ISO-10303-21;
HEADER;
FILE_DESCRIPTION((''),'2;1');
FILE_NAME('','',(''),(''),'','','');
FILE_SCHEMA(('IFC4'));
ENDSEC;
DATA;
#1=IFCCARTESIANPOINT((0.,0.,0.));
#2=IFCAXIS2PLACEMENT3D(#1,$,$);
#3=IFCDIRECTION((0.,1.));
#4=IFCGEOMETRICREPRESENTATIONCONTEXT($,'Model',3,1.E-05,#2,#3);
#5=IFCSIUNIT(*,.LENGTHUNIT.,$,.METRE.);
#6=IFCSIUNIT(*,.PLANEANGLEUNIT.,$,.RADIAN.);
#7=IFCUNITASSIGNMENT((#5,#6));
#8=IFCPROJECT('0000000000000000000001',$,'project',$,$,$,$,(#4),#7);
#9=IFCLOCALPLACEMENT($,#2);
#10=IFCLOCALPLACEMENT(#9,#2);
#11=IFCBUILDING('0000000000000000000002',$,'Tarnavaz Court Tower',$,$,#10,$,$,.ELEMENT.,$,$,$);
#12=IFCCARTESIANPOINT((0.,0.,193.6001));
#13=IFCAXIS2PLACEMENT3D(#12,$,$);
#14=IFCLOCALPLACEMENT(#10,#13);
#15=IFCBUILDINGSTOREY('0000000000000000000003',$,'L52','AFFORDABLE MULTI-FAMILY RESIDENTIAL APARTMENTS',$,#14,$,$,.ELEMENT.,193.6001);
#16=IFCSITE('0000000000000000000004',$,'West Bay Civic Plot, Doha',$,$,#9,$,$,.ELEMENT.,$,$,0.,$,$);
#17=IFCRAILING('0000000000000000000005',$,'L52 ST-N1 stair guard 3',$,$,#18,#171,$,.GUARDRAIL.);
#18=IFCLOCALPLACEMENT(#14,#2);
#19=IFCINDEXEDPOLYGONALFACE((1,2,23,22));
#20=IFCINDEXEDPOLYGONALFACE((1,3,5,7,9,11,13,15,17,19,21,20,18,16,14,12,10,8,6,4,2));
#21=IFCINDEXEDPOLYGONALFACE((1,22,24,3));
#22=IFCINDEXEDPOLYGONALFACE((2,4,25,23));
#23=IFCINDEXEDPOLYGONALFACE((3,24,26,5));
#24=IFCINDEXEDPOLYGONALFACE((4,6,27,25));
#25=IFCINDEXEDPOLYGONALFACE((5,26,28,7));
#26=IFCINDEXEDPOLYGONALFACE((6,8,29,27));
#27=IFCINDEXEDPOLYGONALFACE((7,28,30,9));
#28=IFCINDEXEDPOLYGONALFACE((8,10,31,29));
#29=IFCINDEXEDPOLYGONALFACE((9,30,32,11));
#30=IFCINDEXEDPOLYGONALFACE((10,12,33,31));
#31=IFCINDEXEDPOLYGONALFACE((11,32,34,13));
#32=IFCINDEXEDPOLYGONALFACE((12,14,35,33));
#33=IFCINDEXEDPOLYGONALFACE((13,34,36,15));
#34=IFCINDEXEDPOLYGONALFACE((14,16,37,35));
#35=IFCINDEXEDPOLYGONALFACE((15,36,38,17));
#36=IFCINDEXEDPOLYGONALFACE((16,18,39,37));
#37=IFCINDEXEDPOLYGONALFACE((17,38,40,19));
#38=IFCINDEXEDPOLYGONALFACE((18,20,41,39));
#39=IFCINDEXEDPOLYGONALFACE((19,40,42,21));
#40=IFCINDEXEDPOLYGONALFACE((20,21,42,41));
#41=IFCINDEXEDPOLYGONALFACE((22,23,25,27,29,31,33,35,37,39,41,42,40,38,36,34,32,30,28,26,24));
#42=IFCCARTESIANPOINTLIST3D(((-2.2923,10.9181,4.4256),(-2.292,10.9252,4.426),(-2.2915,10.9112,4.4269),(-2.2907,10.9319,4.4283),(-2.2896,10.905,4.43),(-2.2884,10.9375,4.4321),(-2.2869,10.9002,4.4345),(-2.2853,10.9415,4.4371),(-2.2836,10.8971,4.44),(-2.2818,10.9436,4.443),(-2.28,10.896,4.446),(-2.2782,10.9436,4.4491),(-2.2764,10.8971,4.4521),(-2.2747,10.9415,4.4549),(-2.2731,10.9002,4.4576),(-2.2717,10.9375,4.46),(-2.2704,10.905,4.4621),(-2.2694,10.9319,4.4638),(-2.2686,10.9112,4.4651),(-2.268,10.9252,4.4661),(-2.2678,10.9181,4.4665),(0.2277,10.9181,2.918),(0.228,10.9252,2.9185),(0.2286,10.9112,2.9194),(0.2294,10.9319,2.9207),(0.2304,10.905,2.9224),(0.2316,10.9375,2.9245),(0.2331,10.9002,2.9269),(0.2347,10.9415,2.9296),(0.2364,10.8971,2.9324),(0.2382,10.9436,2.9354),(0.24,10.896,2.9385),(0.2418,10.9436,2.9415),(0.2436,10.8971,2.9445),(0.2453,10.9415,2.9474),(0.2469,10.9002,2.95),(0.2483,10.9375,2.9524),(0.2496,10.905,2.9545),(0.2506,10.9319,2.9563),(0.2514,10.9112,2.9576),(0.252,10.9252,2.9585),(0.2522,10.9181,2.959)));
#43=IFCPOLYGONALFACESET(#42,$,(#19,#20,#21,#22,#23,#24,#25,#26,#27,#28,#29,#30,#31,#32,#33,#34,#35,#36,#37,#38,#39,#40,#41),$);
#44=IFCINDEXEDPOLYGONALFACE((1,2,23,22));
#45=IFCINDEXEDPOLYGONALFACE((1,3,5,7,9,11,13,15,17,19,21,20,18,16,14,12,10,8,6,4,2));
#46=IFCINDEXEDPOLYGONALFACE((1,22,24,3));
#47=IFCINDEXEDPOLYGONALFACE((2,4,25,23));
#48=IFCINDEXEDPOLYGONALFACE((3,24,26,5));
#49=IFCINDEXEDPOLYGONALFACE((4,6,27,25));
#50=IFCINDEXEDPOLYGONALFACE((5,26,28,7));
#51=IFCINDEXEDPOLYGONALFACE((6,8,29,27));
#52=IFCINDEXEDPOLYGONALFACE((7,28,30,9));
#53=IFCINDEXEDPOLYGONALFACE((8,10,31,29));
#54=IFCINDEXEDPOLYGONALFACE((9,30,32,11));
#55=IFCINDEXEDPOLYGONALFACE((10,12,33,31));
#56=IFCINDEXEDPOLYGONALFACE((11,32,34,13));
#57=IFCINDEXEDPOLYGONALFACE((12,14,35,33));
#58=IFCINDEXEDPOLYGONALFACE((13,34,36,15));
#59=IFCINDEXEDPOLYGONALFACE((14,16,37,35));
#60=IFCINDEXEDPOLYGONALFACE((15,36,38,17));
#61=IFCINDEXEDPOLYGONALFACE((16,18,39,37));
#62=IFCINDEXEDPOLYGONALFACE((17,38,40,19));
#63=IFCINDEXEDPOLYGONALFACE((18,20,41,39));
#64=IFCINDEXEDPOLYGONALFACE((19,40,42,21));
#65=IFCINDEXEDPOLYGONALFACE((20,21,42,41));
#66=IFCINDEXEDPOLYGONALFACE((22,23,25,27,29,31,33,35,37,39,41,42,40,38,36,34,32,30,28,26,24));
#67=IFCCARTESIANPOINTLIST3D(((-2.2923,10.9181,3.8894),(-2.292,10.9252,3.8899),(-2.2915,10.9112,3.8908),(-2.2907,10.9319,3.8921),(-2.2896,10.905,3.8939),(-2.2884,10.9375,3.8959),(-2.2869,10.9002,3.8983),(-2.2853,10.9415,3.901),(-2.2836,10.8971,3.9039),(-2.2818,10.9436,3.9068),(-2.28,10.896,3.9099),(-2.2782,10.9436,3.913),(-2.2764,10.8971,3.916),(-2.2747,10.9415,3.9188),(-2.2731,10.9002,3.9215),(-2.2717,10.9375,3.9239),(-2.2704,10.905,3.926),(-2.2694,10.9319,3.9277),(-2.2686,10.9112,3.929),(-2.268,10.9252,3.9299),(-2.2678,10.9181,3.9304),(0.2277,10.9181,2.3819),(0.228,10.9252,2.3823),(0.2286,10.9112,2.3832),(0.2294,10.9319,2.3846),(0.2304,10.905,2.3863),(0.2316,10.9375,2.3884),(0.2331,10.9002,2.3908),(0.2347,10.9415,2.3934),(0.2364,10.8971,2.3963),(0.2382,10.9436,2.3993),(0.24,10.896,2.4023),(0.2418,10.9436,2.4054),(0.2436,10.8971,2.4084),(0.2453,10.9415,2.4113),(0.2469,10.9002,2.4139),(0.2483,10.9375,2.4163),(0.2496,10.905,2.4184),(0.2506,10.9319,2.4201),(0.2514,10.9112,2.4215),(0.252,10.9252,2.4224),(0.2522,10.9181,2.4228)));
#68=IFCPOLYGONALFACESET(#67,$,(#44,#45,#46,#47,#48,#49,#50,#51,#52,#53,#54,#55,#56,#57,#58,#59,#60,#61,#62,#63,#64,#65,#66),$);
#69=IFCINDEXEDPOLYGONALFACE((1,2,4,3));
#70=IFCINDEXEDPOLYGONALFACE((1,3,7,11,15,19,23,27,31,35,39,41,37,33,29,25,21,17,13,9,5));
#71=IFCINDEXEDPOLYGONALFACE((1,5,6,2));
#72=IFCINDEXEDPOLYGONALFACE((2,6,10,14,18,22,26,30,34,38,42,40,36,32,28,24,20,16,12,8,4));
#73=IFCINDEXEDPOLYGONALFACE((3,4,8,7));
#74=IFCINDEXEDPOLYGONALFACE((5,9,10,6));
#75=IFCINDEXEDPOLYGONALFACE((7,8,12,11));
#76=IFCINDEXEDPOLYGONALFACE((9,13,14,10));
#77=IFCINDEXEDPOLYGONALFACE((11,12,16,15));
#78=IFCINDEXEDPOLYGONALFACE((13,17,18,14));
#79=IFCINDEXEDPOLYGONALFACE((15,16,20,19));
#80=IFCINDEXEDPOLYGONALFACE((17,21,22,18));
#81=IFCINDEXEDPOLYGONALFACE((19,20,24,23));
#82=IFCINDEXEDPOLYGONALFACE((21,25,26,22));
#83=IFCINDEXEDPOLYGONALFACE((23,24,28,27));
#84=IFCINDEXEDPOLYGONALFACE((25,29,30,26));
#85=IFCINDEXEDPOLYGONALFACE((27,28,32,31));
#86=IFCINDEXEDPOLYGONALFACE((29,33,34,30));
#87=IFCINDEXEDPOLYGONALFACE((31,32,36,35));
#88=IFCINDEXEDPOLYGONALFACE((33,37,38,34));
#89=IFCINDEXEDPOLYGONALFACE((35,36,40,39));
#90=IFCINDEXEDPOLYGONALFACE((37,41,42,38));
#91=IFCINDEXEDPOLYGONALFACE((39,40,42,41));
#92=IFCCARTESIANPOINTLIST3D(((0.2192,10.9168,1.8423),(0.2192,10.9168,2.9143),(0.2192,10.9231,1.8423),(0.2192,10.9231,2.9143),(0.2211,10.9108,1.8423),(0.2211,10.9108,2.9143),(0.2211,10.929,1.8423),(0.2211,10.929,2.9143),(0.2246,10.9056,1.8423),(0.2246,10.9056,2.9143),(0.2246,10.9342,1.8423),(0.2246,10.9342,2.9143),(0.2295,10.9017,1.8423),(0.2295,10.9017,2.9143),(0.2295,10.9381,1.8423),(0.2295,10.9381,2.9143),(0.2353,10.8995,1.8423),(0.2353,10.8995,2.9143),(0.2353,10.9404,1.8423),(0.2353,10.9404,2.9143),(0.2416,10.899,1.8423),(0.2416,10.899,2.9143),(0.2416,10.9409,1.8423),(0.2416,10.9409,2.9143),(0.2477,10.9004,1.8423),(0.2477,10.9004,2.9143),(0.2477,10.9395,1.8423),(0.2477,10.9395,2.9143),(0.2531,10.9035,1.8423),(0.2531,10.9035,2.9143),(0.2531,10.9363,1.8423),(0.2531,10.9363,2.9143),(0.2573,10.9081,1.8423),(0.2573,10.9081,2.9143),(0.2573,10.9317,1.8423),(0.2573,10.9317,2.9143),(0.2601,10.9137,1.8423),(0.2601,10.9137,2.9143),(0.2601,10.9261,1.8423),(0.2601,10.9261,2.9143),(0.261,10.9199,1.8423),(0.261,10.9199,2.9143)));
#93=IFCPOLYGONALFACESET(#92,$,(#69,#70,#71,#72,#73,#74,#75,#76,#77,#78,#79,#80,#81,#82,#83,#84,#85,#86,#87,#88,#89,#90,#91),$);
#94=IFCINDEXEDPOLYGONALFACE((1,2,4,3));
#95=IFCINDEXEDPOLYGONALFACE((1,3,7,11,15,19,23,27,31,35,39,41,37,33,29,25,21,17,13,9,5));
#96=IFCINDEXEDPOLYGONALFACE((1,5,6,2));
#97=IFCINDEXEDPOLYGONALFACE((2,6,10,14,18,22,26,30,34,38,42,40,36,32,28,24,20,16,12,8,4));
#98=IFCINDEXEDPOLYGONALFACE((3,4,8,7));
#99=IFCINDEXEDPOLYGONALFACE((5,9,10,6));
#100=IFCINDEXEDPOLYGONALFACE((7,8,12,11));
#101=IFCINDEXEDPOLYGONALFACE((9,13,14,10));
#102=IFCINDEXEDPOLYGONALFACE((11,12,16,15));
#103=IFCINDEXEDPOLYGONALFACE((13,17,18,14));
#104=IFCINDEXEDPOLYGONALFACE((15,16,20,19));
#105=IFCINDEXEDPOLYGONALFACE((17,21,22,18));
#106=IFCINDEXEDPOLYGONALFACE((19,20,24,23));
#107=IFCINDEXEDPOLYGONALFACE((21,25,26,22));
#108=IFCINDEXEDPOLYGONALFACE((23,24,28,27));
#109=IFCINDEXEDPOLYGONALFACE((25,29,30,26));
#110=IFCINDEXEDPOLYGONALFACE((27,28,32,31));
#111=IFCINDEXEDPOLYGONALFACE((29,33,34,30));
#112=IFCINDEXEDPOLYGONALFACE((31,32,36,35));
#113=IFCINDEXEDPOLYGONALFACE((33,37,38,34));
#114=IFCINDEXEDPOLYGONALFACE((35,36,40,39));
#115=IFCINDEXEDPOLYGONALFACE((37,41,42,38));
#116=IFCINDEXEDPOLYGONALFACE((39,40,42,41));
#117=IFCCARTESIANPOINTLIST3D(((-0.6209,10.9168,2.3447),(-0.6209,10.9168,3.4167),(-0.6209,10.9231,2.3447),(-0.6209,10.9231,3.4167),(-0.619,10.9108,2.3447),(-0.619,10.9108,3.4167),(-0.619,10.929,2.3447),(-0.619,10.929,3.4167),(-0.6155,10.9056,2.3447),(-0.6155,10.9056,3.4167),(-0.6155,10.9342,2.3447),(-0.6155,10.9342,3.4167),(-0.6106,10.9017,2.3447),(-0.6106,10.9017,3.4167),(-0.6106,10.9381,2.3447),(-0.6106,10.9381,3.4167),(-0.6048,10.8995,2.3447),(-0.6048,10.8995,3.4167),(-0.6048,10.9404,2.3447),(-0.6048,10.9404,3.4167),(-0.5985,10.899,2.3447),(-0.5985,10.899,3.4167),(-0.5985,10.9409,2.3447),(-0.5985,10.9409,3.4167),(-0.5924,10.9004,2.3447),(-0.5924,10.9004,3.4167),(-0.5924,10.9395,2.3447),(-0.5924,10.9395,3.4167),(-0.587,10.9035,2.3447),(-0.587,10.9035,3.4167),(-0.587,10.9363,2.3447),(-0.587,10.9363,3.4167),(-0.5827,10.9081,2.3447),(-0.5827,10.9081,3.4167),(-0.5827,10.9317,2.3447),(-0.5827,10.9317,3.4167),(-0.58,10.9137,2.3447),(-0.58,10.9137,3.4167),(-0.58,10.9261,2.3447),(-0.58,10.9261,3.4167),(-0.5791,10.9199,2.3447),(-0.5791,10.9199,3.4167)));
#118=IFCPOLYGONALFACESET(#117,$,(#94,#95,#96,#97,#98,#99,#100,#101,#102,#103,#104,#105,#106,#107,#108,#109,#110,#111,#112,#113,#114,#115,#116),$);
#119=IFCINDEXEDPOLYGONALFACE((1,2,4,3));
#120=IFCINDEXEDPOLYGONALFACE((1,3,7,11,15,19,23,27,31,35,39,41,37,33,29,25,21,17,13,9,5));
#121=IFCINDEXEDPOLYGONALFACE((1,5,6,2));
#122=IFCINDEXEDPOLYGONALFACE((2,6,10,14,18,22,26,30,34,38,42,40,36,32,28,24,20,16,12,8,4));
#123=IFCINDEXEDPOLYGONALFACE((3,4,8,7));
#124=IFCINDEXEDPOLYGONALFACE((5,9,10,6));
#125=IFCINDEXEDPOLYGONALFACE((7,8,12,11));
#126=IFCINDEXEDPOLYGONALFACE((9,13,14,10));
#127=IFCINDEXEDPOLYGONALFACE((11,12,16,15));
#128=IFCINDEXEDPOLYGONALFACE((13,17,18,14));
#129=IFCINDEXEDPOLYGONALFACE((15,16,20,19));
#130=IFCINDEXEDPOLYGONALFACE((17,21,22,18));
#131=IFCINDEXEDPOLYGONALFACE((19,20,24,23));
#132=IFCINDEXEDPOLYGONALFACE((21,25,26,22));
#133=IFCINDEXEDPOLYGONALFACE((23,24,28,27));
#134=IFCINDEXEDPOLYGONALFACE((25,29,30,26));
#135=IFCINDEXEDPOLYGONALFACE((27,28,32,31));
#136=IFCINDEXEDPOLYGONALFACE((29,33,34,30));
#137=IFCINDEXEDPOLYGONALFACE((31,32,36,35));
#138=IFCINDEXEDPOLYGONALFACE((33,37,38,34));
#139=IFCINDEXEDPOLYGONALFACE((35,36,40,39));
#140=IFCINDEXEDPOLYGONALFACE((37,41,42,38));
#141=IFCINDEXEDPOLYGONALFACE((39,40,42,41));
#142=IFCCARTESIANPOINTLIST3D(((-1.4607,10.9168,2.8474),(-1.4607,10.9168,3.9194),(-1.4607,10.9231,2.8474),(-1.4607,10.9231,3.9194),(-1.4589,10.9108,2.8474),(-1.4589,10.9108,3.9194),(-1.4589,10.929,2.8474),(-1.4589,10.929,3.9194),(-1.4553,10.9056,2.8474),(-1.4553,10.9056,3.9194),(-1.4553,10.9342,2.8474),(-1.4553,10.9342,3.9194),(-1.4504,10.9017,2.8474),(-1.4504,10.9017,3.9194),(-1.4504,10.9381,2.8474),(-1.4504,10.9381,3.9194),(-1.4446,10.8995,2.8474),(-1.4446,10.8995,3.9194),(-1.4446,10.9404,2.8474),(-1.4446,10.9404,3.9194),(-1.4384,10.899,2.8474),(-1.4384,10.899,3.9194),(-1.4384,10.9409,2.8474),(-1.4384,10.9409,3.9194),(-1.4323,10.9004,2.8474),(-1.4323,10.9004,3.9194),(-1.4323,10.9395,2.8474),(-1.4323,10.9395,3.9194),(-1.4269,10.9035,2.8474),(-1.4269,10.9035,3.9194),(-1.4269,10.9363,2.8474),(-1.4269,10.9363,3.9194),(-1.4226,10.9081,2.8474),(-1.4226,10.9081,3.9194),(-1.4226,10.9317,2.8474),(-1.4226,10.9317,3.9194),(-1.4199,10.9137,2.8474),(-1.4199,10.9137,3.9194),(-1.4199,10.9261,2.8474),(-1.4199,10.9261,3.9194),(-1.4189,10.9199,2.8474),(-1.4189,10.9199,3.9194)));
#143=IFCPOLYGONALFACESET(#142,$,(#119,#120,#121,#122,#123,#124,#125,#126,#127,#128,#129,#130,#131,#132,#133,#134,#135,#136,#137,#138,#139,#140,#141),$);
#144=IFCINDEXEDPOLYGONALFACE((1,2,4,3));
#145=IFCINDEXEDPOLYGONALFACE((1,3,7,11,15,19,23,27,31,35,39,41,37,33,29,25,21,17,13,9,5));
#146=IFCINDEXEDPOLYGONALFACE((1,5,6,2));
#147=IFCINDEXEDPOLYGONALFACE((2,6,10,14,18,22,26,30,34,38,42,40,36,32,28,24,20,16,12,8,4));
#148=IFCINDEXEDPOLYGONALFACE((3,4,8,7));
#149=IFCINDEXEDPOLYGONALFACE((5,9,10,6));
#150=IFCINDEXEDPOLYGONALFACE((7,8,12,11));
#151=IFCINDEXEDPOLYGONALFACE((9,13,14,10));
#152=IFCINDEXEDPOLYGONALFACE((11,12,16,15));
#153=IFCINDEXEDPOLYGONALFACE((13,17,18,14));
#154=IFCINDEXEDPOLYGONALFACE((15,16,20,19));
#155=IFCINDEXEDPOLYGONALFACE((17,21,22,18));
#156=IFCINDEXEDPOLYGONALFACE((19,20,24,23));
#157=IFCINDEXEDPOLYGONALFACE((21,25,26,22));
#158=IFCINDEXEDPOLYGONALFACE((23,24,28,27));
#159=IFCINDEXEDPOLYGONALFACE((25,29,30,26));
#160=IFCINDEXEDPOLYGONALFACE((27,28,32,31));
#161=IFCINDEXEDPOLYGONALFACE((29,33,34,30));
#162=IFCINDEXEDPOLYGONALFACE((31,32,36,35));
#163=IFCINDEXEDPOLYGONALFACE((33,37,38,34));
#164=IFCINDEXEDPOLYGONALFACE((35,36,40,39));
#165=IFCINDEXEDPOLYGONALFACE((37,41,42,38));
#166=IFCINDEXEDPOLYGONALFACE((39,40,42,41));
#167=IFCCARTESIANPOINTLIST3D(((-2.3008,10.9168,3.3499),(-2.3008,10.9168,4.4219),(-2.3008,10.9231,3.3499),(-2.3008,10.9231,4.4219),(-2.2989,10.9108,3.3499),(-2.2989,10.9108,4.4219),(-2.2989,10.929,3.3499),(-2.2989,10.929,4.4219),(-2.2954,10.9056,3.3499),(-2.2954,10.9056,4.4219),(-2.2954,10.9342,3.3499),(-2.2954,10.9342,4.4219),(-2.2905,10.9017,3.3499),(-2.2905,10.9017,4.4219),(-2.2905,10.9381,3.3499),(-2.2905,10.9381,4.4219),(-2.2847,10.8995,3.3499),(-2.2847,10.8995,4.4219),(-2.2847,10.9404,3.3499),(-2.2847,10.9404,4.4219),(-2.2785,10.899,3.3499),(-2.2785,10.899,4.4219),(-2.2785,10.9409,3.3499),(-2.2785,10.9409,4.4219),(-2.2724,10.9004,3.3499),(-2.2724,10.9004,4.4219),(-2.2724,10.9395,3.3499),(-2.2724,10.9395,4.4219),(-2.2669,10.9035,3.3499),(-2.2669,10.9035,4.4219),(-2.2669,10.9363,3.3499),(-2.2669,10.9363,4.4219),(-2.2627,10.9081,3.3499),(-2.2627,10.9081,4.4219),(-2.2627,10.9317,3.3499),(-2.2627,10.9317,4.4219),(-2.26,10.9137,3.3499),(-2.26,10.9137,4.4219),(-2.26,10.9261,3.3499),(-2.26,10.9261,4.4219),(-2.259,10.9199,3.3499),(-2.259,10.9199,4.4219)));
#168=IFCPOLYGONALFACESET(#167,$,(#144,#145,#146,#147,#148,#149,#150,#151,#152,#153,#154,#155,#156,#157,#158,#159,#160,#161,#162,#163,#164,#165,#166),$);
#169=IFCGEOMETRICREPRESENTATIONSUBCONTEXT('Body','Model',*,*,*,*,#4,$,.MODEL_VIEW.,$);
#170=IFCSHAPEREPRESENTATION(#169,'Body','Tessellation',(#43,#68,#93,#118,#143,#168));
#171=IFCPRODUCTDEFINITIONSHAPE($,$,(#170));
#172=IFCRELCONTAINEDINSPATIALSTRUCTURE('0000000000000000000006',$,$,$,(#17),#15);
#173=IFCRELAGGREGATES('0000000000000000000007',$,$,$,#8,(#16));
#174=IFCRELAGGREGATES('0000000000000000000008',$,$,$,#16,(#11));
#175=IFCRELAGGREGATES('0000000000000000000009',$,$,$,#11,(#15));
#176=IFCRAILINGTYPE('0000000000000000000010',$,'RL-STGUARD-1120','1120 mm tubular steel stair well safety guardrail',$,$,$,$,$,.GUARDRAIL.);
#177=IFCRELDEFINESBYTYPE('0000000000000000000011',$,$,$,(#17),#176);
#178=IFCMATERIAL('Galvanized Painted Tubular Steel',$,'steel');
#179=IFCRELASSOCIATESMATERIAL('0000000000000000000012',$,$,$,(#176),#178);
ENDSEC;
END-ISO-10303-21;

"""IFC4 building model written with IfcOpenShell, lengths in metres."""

from ifc_helpers import new_model, si_unit, direction, frame, origin, origin_2d, place, context, subcontext, project, spatial, circle, extrude, material, type_object, element, save


model = new_model("IFC4")

# Units and contexts
model_context = context("Model", 3, precision=1e-05, world=origin(), true_north=direction((0.0, 1.0)))
body_context = subcontext(model_context, "Body", "Model", "MODEL_VIEW")
ifc_project = project(units=[si_unit("LENGTHUNIT", "METRE"), si_unit("PLANEANGLEUNIT", "RADIAN")], contexts=[model_context])

# Site, building, storey
site_placement = place(None, origin())
site = spatial("IfcSite", under=ifc_project, at=site_placement, Name="West Bay Civic Plot, Doha", CompositionType="ELEMENT", RefElevation=0.0)
building_placement = place(site_placement, origin())
building = spatial("IfcBuilding", under=site, at=building_placement, Name="Tarnavaz Court Tower", CompositionType="ELEMENT")
storey_placement = place(building_placement, frame((0.0, 0.0, 193.6001)))
storey = spatial("IfcBuildingStorey", under=building, at=storey_placement, Name="L52", Description="AFFORDABLE MULTI-FAMILY RESIDENTIAL APARTMENTS", CompositionType="ELEMENT", Elevation=193.6001)

# Railing
ifc_material_1 = material(Name="Galvanized Painted Tubular Steel", Category="steel")
railing_type_1 = type_object("IfcRailingType", Name="RL-STGUARD-1120", Description="1120 mm tubular steel stair well safety guardrail", PredefinedType="GUARDRAIL", material=ifc_material_1)
railing_1_placement = place(storey_placement, frame((0.24, 10.9199, 1.8423)))
element("IfcRailing", 1, at=railing_1_placement, inside=storey, type_object=railing_type_1, Name="L52 ST-N1 stair guard 3", PredefinedType="GUARDRAIL", context=body_context, shape_type="SweptSolid", body=[
    extrude(circle(Radius=0.0239, at=origin_2d()), frame((0.0, 0.0, 1.0962), z_axis=(-0.85816, 0.0, 0.513383), x_axis=(0.0, -1.0, 0.0)), (0.0, 0.0, 1.0), 2.9365),
    extrude(circle(Radius=0.0239, at=origin_2d()), frame((0.0, 0.0, 0.5601), z_axis=(-0.85816, 0.0, 0.513383), x_axis=(0.0, -1.0, 0.0)), (0.0, 0.0, 1.0), 2.9365),
    extrude(circle(Radius=0.021, at=origin_2d()), origin(), (0.0, 0.0, 1.0), 1.072),
    extrude(circle(Radius=0.021, at=origin_2d()), frame((-0.8401, 0.0, 0.5024)), (0.0, 0.0, 1.0), 1.072),
    extrude(circle(Radius=0.021, at=origin_2d()), frame((-1.6799, 0.0, 1.0051)), (0.0, 0.0, 1.0), 1.072),
    extrude(circle(Radius=0.021, at=origin_2d()), frame((-2.52, 0.0, 1.5076)), (0.0, 0.0, 1.0), 1.072),
])

save(model, "model.ifc")
